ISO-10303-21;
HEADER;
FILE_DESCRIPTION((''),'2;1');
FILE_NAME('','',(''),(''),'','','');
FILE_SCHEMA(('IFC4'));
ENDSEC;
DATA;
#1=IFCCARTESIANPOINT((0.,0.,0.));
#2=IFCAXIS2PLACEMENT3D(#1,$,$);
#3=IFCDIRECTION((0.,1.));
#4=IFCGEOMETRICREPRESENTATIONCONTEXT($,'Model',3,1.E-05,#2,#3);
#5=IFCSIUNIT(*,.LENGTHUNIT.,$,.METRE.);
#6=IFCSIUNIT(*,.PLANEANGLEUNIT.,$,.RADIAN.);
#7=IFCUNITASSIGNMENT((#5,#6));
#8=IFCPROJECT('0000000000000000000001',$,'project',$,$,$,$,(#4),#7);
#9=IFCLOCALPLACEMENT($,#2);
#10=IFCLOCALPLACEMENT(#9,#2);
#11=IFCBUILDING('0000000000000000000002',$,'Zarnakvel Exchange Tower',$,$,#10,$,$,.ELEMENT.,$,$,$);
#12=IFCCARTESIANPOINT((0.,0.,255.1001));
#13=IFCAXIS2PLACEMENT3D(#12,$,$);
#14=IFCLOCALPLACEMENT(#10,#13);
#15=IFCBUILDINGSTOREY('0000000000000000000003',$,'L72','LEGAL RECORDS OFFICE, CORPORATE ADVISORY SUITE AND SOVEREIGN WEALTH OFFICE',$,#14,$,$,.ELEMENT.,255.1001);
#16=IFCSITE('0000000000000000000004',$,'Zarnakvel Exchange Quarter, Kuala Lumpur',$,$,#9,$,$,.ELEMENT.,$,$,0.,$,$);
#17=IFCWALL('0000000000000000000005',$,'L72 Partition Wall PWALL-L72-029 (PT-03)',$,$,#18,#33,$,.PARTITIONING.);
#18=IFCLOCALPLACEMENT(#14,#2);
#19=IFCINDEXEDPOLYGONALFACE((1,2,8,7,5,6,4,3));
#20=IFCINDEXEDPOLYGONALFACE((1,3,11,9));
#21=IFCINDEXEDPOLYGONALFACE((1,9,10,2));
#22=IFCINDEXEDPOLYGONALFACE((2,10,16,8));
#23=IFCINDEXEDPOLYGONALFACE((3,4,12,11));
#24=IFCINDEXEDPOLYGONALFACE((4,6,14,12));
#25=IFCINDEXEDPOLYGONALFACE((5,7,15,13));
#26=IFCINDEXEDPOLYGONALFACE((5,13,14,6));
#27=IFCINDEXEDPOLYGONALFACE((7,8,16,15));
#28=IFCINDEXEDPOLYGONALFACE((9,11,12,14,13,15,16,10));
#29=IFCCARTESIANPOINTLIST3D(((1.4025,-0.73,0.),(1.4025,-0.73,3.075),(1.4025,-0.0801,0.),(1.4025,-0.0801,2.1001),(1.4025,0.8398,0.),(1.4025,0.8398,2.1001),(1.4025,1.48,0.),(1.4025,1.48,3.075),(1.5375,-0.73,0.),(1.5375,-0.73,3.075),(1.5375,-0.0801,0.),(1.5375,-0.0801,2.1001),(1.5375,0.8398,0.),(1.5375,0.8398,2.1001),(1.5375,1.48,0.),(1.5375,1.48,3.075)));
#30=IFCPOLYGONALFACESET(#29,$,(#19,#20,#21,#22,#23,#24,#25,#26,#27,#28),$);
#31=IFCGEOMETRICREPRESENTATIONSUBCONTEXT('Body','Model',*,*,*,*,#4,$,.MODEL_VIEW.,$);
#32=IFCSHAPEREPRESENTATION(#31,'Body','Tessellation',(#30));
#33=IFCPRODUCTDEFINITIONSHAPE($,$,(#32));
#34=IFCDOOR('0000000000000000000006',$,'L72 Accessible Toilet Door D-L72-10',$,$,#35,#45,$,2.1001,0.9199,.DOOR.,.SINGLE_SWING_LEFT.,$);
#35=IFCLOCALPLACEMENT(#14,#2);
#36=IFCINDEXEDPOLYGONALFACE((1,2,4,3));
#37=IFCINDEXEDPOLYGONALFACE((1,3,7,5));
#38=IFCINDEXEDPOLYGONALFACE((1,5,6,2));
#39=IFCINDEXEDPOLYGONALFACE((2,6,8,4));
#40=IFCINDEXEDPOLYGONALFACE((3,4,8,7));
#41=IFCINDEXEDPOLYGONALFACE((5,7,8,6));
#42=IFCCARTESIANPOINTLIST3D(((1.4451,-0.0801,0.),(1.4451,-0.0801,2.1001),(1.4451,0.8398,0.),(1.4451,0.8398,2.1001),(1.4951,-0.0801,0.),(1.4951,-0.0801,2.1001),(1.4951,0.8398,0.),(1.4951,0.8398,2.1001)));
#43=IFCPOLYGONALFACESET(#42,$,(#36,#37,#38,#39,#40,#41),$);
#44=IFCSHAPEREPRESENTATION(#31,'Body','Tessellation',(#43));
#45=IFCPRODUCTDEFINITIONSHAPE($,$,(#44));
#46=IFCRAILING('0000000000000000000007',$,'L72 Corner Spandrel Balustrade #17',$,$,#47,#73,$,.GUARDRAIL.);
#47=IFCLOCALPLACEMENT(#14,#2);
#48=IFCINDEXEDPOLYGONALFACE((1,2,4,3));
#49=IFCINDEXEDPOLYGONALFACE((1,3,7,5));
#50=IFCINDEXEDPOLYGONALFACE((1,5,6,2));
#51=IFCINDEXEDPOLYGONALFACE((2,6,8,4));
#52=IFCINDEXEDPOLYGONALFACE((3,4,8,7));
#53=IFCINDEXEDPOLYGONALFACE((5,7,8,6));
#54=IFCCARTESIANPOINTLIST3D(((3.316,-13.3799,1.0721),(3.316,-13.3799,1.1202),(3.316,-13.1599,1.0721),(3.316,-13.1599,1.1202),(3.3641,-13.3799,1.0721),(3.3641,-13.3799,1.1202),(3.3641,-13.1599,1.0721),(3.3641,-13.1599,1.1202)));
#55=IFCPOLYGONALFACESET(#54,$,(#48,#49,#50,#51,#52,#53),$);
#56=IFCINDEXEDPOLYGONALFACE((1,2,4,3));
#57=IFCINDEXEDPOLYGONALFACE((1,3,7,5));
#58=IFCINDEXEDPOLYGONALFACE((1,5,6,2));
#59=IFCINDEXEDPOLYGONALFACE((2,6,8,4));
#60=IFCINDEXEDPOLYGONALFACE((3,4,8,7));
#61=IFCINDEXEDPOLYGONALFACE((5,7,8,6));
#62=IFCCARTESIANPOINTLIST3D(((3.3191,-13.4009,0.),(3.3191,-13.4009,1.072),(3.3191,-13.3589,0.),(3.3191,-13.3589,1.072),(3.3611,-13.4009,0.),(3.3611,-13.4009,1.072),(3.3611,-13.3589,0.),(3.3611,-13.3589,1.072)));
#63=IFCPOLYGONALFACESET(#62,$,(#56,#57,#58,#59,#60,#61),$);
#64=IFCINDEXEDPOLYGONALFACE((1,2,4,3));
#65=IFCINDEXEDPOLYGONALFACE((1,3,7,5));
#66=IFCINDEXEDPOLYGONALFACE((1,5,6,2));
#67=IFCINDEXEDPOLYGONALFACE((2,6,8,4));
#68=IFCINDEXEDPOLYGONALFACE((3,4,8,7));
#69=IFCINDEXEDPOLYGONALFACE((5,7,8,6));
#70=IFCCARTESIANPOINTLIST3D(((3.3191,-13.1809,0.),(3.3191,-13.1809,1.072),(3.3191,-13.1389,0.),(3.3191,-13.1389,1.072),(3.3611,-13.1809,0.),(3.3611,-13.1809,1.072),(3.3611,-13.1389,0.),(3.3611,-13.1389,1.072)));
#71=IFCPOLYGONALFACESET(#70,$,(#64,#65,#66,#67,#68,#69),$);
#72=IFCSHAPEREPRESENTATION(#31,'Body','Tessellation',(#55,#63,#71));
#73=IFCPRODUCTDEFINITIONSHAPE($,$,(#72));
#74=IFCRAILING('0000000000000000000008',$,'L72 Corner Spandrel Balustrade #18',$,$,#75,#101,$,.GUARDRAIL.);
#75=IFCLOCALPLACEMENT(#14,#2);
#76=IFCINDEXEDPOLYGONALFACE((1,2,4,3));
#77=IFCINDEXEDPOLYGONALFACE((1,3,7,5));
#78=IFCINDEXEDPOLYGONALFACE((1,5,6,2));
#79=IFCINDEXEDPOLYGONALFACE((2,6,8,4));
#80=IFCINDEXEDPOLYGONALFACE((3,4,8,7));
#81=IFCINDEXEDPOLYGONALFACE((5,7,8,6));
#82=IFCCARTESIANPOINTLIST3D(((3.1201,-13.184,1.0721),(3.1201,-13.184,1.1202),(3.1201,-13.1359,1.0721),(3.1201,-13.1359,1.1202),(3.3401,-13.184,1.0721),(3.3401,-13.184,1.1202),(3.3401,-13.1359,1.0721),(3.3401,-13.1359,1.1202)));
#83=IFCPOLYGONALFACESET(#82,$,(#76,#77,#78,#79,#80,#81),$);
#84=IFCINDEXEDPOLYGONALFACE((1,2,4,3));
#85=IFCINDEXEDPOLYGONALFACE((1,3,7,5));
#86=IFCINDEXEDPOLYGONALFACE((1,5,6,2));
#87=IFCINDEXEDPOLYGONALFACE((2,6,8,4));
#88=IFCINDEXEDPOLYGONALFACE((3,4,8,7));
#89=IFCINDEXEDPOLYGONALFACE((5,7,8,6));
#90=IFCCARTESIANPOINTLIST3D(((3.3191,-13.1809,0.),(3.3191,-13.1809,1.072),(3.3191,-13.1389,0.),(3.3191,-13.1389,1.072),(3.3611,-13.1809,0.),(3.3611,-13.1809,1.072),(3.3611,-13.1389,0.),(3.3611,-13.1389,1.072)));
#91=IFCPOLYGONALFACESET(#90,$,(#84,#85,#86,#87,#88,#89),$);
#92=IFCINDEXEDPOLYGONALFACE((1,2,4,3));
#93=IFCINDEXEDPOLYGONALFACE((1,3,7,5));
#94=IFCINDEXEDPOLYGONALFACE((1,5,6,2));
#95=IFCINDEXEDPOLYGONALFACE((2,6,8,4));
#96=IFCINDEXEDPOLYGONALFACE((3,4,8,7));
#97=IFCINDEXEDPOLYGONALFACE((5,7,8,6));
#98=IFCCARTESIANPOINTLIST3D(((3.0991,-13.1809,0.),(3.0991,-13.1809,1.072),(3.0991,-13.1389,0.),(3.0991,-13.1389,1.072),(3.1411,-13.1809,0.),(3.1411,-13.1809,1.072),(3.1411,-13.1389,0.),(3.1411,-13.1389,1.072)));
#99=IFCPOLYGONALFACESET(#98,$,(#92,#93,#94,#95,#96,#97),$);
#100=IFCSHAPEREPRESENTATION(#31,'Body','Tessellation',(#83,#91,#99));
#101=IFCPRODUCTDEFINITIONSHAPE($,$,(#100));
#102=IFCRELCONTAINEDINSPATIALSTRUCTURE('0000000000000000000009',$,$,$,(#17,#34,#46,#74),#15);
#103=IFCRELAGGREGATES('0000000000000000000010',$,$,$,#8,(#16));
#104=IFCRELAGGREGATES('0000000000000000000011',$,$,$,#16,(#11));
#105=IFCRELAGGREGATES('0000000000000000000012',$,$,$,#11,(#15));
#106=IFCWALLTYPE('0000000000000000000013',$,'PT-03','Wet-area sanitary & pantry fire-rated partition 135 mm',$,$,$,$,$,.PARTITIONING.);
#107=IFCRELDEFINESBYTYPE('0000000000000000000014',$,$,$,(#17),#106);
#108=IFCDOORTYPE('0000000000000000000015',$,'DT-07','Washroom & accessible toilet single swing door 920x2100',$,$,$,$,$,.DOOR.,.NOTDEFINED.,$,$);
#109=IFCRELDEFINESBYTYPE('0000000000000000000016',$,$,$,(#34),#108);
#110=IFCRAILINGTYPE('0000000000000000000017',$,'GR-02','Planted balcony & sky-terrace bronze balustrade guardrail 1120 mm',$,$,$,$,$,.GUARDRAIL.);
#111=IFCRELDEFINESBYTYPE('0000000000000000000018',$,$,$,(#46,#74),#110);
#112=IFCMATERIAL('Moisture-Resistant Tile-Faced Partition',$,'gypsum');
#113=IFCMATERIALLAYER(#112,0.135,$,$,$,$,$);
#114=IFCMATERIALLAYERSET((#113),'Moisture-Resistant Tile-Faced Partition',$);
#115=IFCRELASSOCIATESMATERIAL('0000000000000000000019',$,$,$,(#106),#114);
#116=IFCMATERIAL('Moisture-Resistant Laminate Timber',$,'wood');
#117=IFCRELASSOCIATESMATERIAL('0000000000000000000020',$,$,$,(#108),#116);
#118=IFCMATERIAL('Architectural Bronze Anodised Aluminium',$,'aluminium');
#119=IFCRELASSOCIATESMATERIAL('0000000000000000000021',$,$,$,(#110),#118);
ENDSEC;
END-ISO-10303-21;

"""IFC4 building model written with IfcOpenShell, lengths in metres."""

from ifc_helpers import new_model, si_unit, direction, frame, frame_2d, origin, origin_2d, place, context, subcontext, project, spatial, rectangle, extrude, source, transform, mapped, material, layer, layer_set, type_object, element, fill, save


model = new_model("IFC4")

# Units and contexts
model_context = context("Model", 3, precision=1e-05, world=origin(), true_north=direction((0.0, 1.0)))
body_context = subcontext(model_context, "Body", "Model", "MODEL_VIEW")
ifc_project = project(units=[si_unit("LENGTHUNIT", "METRE"), si_unit("PLANEANGLEUNIT", "RADIAN")], contexts=[model_context])

# Site, building, storey
site_placement = place(None, origin())
site = spatial("IfcSite", under=ifc_project, at=site_placement, Name="Zarnakvel Exchange Quarter, Kuala Lumpur", CompositionType="ELEMENT", RefElevation=0.0)
building_placement = place(site_placement, origin())
building = spatial("IfcBuilding", under=site, at=building_placement, Name="Zarnakvel Exchange Tower", CompositionType="ELEMENT")
storey_placement = place(building_placement, frame((0.0, 0.0, 255.1001)))
storey = spatial("IfcBuildingStorey", under=building, at=storey_placement, Name="L72", Description="LEGAL RECORDS OFFICE, CORPORATE ADVISORY SUITE AND SOVEREIGN WEALTH OFFICE", CompositionType="ELEMENT", Elevation=255.1001)

# Shared definitions
ifc_material_1 = material(Name="Architectural Bronze Anodised Aluminium", Category="aluminium")

# Wall, opening, door
ifc_material_2 = material(Name="Moisture-Resistant Tile-Faced Partition", Category="gypsum")
ifc_layer_1 = layer(ifc_material_2, 0.135)
ifc_layer_set_1 = layer_set([ifc_layer_1], Name="Moisture-Resistant Tile-Faced Partition")
wall_type_1 = type_object("IfcWallType", Name="PT-03", Description="Wet-area sanitary & pantry fire-rated partition 135 mm", PredefinedType="PARTITIONING", material=ifc_layer_set_1)
wall_1_placement = place(storey_placement, frame((1.47, -0.73, 0.0), z_axis=(0.0, 0.0, 1.0), x_axis=(0.0, 1.0, 0.0)))
wall_1 = element("IfcWall", 1, at=wall_1_placement, inside=storey, type_object=wall_type_1, Name="L72 Partition Wall PWALL-L72-029 (PT-03)", PredefinedType="PARTITIONING", context=body_context, shape_type="SweptSolid", body=[
    extrude(rectangle(XDim=2.21, YDim=0.135, at=frame_2d((1.105, 0.0))), origin(), (0.0, 0.0, 1.0), 3.075),
])
opening_1_placement = place(wall_1_placement, frame((0.6499, 0.0, 0.0)))
opening_1 = element("IfcOpeningElement", 2, at=opening_1_placement, cuts=wall_1, PredefinedType="OPENING", context=body_context, shape_type="SweptSolid", body=[
    extrude(rectangle(XDim=0.9199, YDim=2.1001, at=frame_2d((0.46, 1.05))), frame((0.0, 0.0774, 0.0), z_axis=(0.0, -1.0, 0.0), x_axis=(1.0, 0.0, 0.0)), (0.0, 0.0, 1.0), 0.155),
])
ifc_material_3 = material(Name="Moisture-Resistant Laminate Timber", Category="wood")
door_type_1 = type_object("IfcDoorType", Name="DT-07", Description="Washroom & accessible toilet single swing door 920x2100", OperationType="NOTDEFINED", PredefinedType="DOOR", material=ifc_material_3)
shared_shape_1 = source(origin(), body_context, "Body", "SweptSolid", [
    extrude(rectangle(XDim=0.9199, YDim=2.1001, at=frame_2d((0.46, 1.05))), frame((0.0, 0.0249, 0.0), z_axis=(0.0, -1.0, 0.0), x_axis=(1.0, 0.0, 0.0)), (0.0, 0.0, 1.0), 0.05),
])
door_1_placement = place(opening_1_placement, origin())
door_1 = element("IfcDoor", 3, at=door_1_placement, inside=storey, type_object=door_type_1, Name="L72 Accessible Toilet Door D-L72-10", OperationType="SINGLE_SWING_LEFT", OverallHeight=2.1001, OverallWidth=0.9199, PredefinedType="DOOR", context=body_context, shape_type="MappedRepresentation", body=[
    mapped(shared_shape_1, transform((0.0, 0.0, 0.0), x_axis=(1.0, 0.0, 0.0), y_axis=(0.0, 1.0, 0.0), z_axis=(0.0, 0.0, 1.0), scale=1.0)),
])
fill(opening_1, door_1)

# Railings
railing_type = type_object("IfcRailingType", Name="GR-02", Description="Planted balcony & sky-terrace bronze balustrade guardrail 1120 mm", PredefinedType="GUARDRAIL", material=ifc_material_1)
railing_1_placement = place(storey_placement, frame((3.3401, -13.3799, 0.0)))
element("IfcRailing", 4, at=railing_1_placement, inside=storey, type_object=railing_type, Name="L72 Corner Spandrel Balustrade #17", PredefinedType="GUARDRAIL", context=body_context, shape_type="SweptSolid", body=[
    extrude(rectangle(XDim=0.0481, YDim=0.0481, at=origin_2d()), frame((0.0, 0.0, 1.0962), z_axis=(0.0, 1.0, 0.0), x_axis=(-1.0, 0.0, 0.0)), (0.0, 0.0, 1.0), 0.22),
    extrude(rectangle(XDim=0.042, YDim=0.042, at=origin_2d()), origin(), (0.0, 0.0, 1.0), 1.072),
    extrude(rectangle(XDim=0.042, YDim=0.042, at=origin_2d()), frame((0.0, 0.22, 0.0)), (0.0, 0.0, 1.0), 1.072),
])
railing_2_placement = place(storey_placement, frame((3.3401, -13.1599, 0.0)))
element("IfcRailing", 5, at=railing_2_placement, inside=storey, type_object=railing_type, Name="L72 Corner Spandrel Balustrade #18", PredefinedType="GUARDRAIL", context=body_context, shape_type="SweptSolid", body=[
    extrude(rectangle(XDim=0.0481, YDim=0.0481, at=origin_2d()), frame((0.0, 0.0, 1.0962), z_axis=(-1.0, 0.0, 0.0), x_axis=(0.0, -1.0, 0.0)), (0.0, 0.0, 1.0), 0.22),
    extrude(rectangle(XDim=0.042, YDim=0.042, at=origin_2d()), origin(), (0.0, 0.0, 1.0), 1.072),
    extrude(rectangle(XDim=0.042, YDim=0.042, at=origin_2d()), frame((-0.22, 0.0, 0.0)), (0.0, 0.0, 1.0), 1.072),
])

save(model, "model.ifc")
